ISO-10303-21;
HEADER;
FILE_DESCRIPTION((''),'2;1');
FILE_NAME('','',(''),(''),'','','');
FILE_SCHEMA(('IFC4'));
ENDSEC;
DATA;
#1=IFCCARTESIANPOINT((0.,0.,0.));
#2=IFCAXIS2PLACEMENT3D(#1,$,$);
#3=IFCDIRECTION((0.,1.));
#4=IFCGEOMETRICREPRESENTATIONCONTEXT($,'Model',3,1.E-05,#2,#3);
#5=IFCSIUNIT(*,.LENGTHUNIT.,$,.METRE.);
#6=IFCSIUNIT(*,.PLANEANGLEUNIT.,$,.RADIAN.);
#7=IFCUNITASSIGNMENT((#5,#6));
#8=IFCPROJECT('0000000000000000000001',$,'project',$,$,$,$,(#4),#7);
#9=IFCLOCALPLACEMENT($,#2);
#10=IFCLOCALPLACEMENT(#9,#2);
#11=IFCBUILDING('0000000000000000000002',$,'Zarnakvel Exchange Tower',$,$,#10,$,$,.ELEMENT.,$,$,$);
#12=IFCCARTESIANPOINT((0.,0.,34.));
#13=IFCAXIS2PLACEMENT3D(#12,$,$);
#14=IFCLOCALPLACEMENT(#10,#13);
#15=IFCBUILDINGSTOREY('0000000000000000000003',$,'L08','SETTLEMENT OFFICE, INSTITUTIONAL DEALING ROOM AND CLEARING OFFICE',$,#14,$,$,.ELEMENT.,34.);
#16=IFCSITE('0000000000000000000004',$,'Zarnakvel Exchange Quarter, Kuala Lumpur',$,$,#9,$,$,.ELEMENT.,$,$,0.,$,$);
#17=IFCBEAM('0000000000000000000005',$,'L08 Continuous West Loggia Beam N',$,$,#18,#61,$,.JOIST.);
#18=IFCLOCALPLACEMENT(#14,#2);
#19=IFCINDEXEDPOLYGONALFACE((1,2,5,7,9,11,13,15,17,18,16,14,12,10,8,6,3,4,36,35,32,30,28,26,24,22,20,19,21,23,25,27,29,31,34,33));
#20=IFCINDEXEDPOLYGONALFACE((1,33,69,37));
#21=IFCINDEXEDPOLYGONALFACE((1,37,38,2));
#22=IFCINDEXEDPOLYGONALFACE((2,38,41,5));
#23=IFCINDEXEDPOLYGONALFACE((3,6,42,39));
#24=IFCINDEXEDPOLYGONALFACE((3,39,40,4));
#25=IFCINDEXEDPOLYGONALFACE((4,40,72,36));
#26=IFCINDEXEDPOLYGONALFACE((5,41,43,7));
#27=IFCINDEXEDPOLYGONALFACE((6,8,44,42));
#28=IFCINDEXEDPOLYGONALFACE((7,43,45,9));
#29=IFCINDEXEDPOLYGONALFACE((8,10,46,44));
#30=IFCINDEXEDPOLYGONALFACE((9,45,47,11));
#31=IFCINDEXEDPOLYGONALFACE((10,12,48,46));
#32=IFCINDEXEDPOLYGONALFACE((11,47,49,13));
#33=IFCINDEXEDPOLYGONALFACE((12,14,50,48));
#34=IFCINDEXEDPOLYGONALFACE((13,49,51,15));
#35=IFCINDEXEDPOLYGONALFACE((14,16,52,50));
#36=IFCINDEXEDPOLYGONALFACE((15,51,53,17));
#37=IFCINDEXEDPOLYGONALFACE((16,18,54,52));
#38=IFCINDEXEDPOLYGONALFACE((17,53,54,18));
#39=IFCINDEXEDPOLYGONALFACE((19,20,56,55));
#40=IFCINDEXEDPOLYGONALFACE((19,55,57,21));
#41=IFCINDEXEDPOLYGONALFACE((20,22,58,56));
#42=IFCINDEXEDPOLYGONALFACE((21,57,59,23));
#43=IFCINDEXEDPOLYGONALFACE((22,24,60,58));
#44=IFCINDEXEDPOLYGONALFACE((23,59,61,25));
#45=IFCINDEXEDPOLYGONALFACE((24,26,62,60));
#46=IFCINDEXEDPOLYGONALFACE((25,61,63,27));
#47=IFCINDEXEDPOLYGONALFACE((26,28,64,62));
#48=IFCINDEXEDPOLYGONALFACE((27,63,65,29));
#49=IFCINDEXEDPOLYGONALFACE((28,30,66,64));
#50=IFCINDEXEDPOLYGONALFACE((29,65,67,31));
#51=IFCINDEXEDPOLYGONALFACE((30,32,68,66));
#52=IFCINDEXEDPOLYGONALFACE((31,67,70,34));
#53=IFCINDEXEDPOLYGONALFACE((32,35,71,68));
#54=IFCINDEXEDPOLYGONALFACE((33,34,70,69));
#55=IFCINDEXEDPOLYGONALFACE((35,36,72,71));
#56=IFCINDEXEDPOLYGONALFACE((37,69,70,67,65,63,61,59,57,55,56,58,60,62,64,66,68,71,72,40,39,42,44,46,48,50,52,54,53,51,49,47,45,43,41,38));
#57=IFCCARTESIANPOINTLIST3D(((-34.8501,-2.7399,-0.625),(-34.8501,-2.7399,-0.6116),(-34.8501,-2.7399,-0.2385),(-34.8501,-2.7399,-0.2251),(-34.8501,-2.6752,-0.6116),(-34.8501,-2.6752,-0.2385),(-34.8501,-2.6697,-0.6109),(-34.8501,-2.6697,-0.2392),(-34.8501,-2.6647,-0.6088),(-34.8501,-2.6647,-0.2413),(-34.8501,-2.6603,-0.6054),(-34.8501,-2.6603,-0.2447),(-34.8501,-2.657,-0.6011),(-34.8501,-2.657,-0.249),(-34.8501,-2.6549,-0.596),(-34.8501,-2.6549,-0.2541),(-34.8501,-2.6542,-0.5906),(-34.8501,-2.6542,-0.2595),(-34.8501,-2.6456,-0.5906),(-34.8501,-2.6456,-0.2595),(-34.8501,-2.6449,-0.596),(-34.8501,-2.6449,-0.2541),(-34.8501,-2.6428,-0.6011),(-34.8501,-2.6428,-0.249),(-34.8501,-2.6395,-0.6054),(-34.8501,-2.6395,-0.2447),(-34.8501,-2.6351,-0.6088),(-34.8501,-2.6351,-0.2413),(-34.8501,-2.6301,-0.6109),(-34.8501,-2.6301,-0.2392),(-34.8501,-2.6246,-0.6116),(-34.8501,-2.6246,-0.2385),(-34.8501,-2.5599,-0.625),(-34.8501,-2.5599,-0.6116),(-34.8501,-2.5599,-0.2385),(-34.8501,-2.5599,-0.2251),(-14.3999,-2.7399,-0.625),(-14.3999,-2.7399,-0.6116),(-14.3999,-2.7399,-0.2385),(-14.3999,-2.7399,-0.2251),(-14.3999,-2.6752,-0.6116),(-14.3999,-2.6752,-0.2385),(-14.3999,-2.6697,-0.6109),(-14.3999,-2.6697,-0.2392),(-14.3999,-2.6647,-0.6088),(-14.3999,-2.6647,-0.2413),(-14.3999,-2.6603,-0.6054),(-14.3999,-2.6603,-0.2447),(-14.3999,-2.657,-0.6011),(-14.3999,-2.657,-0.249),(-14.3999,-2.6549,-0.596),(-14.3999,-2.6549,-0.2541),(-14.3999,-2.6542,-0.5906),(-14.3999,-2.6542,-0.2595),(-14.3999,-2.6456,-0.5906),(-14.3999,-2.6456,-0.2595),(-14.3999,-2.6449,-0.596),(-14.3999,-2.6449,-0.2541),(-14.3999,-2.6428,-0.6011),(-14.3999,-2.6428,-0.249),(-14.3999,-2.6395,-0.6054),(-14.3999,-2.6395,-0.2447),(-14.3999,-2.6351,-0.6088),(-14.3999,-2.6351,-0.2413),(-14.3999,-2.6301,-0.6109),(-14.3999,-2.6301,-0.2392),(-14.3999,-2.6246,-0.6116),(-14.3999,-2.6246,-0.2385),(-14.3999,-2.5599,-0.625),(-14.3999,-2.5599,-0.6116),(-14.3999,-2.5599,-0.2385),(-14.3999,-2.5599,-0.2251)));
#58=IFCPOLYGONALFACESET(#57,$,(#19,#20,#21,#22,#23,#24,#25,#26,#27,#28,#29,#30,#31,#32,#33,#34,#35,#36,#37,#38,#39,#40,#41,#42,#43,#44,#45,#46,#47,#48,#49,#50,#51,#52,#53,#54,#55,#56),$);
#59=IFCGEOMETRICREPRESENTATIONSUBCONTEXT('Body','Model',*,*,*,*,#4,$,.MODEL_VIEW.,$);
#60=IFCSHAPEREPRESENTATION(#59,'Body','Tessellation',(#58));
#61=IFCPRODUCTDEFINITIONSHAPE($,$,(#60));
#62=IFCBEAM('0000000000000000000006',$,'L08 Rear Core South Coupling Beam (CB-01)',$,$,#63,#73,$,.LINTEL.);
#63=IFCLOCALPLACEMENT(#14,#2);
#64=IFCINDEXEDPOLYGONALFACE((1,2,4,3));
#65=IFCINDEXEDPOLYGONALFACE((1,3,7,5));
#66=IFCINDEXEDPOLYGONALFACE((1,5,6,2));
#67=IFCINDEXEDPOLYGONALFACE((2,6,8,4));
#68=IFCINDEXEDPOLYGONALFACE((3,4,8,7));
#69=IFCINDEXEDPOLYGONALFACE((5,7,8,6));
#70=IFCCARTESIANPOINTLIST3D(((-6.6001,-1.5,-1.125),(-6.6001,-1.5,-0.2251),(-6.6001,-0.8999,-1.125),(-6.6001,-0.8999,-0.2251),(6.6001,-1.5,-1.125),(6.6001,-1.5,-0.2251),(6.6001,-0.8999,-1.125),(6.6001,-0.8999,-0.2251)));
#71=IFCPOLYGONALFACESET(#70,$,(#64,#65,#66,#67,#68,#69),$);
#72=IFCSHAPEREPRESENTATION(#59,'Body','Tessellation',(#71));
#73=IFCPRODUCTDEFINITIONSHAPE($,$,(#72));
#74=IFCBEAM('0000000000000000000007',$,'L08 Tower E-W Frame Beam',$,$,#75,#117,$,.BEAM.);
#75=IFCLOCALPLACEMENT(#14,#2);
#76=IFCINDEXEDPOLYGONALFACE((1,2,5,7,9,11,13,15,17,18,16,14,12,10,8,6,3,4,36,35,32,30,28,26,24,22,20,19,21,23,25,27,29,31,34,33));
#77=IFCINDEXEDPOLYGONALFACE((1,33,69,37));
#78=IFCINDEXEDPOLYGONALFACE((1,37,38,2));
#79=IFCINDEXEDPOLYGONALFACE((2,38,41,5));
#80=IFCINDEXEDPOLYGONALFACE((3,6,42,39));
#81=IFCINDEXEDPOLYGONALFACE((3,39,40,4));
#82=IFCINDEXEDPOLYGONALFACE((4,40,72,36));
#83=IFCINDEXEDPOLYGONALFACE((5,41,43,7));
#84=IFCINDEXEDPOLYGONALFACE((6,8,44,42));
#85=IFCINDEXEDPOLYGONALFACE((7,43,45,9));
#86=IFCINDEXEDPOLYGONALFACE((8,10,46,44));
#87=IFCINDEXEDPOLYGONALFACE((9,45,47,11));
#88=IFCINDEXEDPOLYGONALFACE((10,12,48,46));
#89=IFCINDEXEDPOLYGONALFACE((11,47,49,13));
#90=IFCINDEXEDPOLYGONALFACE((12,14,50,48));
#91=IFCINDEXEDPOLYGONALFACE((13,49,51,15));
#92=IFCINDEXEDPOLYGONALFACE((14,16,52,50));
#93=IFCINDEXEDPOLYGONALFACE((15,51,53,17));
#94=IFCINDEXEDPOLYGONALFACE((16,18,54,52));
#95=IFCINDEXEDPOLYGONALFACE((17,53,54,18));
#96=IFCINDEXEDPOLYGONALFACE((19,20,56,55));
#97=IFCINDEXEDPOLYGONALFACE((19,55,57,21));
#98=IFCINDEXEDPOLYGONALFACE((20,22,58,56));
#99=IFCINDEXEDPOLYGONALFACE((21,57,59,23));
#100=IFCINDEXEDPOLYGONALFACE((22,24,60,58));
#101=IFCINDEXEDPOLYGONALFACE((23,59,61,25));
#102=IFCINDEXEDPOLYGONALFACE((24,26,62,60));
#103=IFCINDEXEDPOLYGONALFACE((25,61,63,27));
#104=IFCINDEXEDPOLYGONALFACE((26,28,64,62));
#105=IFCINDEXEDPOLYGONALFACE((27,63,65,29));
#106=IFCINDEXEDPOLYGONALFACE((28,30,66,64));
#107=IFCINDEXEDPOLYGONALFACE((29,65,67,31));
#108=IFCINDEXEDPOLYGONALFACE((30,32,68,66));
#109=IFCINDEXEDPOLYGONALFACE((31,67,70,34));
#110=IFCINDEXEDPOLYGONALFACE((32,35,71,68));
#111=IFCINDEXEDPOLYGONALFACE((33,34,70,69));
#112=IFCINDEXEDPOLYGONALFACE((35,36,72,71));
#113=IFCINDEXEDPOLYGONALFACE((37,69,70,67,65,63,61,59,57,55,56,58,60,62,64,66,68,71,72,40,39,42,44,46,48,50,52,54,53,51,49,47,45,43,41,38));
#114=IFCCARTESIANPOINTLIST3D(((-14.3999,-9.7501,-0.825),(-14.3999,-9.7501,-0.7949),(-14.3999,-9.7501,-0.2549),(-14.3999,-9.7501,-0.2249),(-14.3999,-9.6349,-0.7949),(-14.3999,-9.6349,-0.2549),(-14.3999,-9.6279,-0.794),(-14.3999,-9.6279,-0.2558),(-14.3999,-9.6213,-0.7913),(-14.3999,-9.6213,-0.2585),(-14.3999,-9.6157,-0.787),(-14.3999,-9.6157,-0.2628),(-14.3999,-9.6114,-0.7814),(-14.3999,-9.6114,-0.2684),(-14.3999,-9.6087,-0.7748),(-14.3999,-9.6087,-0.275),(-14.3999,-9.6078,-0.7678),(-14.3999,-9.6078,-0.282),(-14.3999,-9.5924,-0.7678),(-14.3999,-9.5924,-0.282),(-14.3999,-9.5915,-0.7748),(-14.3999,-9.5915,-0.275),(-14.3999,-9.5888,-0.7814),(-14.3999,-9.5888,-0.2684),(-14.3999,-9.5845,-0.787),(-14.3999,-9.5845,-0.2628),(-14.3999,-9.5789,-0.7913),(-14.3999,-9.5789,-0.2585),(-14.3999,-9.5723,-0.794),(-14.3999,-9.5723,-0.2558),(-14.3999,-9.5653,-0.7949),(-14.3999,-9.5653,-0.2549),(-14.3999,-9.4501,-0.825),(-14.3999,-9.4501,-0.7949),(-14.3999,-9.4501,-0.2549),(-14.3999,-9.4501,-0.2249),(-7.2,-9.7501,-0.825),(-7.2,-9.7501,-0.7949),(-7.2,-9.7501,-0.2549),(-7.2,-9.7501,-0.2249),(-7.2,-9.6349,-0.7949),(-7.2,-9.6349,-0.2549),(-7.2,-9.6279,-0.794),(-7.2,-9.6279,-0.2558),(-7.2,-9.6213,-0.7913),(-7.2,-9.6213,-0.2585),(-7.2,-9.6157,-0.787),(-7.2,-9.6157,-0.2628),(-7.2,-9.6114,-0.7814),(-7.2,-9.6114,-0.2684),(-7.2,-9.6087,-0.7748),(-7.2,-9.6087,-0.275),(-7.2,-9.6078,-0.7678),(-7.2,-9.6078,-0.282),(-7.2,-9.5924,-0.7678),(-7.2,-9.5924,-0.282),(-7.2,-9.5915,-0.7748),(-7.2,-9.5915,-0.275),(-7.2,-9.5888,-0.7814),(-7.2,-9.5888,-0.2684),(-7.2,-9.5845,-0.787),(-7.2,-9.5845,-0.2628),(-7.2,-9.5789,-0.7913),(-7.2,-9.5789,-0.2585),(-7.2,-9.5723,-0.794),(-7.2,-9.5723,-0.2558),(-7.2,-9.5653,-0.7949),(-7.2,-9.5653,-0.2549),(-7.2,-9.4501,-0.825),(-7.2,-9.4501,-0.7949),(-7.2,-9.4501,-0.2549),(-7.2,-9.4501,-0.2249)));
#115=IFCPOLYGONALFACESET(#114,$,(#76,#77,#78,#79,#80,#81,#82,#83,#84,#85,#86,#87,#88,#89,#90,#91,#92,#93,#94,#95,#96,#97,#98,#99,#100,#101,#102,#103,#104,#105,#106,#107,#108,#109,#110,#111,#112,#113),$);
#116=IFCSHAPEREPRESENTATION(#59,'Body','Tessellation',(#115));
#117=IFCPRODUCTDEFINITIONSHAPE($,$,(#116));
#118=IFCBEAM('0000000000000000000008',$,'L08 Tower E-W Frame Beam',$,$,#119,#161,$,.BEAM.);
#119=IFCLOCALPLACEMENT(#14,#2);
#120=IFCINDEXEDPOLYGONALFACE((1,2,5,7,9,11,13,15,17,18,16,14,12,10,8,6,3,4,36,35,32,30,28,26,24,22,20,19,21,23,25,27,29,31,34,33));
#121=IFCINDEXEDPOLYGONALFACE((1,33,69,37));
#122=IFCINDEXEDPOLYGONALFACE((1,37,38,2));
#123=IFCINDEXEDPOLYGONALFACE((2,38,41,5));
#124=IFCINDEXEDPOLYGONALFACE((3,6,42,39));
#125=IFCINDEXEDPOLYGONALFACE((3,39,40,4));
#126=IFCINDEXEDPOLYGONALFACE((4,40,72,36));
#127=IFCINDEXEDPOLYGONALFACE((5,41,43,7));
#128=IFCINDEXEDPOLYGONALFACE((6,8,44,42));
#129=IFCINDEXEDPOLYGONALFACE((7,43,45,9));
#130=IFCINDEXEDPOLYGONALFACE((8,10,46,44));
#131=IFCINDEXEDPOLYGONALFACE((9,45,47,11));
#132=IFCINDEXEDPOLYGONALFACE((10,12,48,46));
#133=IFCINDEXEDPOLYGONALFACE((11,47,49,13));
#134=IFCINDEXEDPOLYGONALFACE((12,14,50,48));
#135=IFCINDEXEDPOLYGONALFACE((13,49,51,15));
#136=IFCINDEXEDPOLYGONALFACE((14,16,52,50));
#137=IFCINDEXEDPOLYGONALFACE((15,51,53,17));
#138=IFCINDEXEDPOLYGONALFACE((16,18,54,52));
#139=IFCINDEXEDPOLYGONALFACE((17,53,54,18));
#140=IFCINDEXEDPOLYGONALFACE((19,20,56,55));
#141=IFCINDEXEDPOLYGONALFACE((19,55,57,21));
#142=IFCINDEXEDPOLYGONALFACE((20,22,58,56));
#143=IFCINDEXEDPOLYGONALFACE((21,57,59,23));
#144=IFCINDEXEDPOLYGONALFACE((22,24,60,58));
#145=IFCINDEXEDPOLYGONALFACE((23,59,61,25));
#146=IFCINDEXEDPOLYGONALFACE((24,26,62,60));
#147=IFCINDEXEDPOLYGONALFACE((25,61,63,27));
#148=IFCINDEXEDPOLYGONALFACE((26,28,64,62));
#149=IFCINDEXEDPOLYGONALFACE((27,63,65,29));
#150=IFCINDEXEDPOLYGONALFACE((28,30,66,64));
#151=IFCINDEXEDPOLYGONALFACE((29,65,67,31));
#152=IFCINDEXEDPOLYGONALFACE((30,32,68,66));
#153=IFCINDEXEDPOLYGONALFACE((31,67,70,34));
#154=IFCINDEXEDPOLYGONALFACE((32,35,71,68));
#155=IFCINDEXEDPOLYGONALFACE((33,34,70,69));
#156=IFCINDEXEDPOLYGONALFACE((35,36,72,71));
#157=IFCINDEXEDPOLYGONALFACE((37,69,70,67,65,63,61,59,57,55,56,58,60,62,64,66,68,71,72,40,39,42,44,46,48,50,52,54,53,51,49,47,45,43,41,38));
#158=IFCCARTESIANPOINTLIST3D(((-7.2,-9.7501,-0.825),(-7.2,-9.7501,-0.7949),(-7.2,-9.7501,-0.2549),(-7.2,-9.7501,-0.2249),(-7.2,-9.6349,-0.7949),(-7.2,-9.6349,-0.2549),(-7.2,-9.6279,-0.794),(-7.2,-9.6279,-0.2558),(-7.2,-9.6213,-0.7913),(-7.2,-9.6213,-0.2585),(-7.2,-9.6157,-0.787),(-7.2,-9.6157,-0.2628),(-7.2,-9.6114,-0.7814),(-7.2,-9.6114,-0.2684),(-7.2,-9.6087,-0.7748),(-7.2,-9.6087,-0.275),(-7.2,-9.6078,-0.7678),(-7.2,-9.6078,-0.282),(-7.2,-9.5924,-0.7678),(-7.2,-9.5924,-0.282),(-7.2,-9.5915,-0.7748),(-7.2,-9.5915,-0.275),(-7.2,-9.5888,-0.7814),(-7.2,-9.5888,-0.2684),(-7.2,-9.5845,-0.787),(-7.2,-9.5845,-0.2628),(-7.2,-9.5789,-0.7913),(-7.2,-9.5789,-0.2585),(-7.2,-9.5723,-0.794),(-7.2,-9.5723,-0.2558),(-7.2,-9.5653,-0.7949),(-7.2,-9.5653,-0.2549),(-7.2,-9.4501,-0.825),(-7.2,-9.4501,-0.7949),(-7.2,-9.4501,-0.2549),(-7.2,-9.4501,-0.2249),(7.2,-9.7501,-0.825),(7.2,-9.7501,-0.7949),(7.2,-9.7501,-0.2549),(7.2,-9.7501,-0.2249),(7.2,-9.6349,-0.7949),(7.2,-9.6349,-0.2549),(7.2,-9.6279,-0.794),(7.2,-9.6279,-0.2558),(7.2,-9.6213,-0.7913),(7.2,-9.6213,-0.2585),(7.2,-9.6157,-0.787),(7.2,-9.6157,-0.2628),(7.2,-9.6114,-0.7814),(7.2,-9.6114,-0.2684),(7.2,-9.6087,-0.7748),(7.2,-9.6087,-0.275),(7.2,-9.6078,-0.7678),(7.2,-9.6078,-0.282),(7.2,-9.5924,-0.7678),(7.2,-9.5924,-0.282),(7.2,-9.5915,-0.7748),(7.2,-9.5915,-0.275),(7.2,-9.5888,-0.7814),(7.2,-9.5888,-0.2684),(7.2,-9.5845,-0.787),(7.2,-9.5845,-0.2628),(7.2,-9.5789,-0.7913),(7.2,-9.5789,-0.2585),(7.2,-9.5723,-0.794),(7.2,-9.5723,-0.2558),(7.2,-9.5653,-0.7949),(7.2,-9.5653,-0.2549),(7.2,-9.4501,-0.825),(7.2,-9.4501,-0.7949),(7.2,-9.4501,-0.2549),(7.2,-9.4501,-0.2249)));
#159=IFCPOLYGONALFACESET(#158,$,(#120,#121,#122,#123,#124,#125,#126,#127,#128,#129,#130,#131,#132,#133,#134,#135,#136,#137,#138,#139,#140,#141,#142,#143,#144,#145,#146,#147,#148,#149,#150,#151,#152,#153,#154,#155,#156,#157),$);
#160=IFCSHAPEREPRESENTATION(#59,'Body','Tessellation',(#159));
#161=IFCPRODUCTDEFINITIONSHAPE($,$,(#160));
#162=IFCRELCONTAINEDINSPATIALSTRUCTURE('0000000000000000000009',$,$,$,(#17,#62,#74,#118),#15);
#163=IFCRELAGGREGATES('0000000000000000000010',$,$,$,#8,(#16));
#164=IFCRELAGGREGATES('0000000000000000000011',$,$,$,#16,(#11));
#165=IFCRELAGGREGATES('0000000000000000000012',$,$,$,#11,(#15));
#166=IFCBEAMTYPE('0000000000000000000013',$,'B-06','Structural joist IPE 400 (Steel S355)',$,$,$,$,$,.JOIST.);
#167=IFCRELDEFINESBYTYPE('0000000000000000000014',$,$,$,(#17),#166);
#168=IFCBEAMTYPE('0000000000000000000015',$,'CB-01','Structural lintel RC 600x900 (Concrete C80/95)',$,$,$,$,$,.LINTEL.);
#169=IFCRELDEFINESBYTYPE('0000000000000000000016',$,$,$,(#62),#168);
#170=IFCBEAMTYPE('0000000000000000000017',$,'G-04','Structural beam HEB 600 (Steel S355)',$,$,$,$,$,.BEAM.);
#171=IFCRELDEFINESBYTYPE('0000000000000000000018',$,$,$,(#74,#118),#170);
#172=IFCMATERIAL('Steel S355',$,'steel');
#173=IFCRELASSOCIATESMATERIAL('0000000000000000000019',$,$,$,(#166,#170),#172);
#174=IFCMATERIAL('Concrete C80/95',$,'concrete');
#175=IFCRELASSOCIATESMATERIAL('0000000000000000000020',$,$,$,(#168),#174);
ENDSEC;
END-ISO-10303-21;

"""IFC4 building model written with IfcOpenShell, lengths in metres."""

from ifc_helpers import new_model, si_unit, direction, frame, origin, origin_2d, place, context, subcontext, project, spatial, rectangle, i_section, extrude, material, material_profile, profile_set, type_object, element, save


model = new_model("IFC4")

# Units and contexts
model_context = context("Model", 3, precision=1e-05, world=origin(), true_north=direction((0.0, 1.0)))
body_context = subcontext(model_context, "Body", "Model", "MODEL_VIEW")
ifc_project = project(units=[si_unit("LENGTHUNIT", "METRE"), si_unit("PLANEANGLEUNIT", "RADIAN")], contexts=[model_context])

# Site, building, storey
site_placement = place(None, origin())
site = spatial("IfcSite", under=ifc_project, at=site_placement, Name="Zarnakvel Exchange Quarter, Kuala Lumpur", CompositionType="ELEMENT", RefElevation=0.0)
building_placement = place(site_placement, origin())
building = spatial("IfcBuilding", under=site, at=building_placement, Name="Zarnakvel Exchange Tower", CompositionType="ELEMENT")
storey_placement = place(building_placement, frame((0.0, 0.0, 34.0)))
storey = spatial("IfcBuildingStorey", under=building, at=storey_placement, Name="L08", Description="SETTLEMENT OFFICE, INSTITUTIONAL DEALING ROOM AND CLEARING OFFICE", CompositionType="ELEMENT", Elevation=34.0)

# Shared definitions
ifc_material_1 = material(Name="Concrete C80/95", Category="concrete")

# Beams
ifc_material_2 = material(Name="Steel S355", Category="steel")
ifc_material_profile_1 = material_profile(ifc_material_2, i_section(OverallWidth=0.1799, OverallDepth=0.3999, WebThickness=0.0085, FlangeThickness=0.0134, FilletRadius=0.021, at=origin_2d()))
ifc_profile_set_1 = profile_set([ifc_material_profile_1], Name="Steel S355")
beam_type_1 = type_object("IfcBeamType", Name="B-06", Description="Structural joist IPE 400 (Steel S355)", PredefinedType="JOIST", material=ifc_profile_set_1)
for number, where, z_axis, x_axis, name in (
    (1, (-14.3999, -2.6499, -0.425), (-1.0, 0.0, 0.0), (0.0, -1.0, 0.0), "L08 Continuous West Loggia Beam N"),
):
    element("IfcBeam", number, at=place(storey_placement, frame(where, z_axis=z_axis, x_axis=x_axis)), inside=storey, type_object=beam_type_1, Name=name, PredefinedType="JOIST", context=body_context, shape_type="SweptSolid", body=[
        extrude(i_section(OverallWidth=0.1799, OverallDepth=0.3999, WebThickness=0.0085, FlangeThickness=0.0134, FilletRadius=0.021, at=origin_2d()), origin(), (0.0, 0.0, 1.0), 20.4502),
    ])
ifc_material_profile_2 = material_profile(ifc_material_1, rectangle(XDim=0.6001, YDim=0.8999, at=origin_2d()))
ifc_profile_set_2 = profile_set([ifc_material_profile_2], Name="Concrete C80/95")
beam_type_2 = type_object("IfcBeamType", Name="CB-01", Description="Structural lintel RC 600x900 (Concrete C80/95)", PredefinedType="LINTEL", material=ifc_profile_set_2)
beam_1_placement = place(storey_placement, frame((-6.6001, -1.2, -0.675), z_axis=(1.0, 0.0, 0.0), x_axis=(0.0, 1.0, 0.0)))
element("IfcBeam", 2, at=beam_1_placement, inside=storey, type_object=beam_type_2, Name="L08 Rear Core South Coupling Beam (CB-01)", PredefinedType="LINTEL", context=body_context, shape_type="SweptSolid", body=[
    extrude(rectangle(XDim=0.6001, YDim=0.8999, at=origin_2d()), origin(), (0.0, 0.0, 1.0), 13.2002),
])
ifc_material_profile_3 = material_profile(ifc_material_2, i_section(OverallWidth=0.3, OverallDepth=0.6001, WebThickness=0.0154, FlangeThickness=0.03, FilletRadius=0.0271, at=origin_2d()))
ifc_profile_set_3 = profile_set([ifc_material_profile_3], Name="Steel S355")
beam_type_3 = type_object("IfcBeamType", Name="G-04", Description="Structural beam HEB 600 (Steel S355)", PredefinedType="BEAM", material=ifc_profile_set_3)
beam_2_placement = place(storey_placement, frame((-14.3999, -9.6001, -0.5249), z_axis=(1.0, 0.0, 0.0), x_axis=(0.0, 1.0, 0.0)))
element("IfcBeam", 3, at=beam_2_placement, inside=storey, type_object=beam_type_3, Name="L08 Tower E-W Frame Beam", PredefinedType="BEAM", context=body_context, shape_type="SweptSolid", body=[
    extrude(i_section(OverallWidth=0.3, OverallDepth=0.6001, WebThickness=0.0154, FlangeThickness=0.03, FilletRadius=0.0271, at=origin_2d()), origin(), (0.0, 0.0, 1.0), 7.2),
])
beam_3_placement = place(storey_placement, frame((-7.2, -9.6001, -0.5249), z_axis=(1.0, 0.0, 0.0), x_axis=(0.0, 1.0, 0.0)))
element("IfcBeam", 4, at=beam_3_placement, inside=storey, type_object=beam_type_3, Name="L08 Tower E-W Frame Beam", PredefinedType="BEAM", context=body_context, shape_type="SweptSolid", body=[
    extrude(i_section(OverallWidth=0.3, OverallDepth=0.6001, WebThickness=0.0154, FlangeThickness=0.03, FilletRadius=0.0271, at=origin_2d()), origin(), (0.0, 0.0, 1.0), 14.3999),
])

save(model, "model.ifc")
